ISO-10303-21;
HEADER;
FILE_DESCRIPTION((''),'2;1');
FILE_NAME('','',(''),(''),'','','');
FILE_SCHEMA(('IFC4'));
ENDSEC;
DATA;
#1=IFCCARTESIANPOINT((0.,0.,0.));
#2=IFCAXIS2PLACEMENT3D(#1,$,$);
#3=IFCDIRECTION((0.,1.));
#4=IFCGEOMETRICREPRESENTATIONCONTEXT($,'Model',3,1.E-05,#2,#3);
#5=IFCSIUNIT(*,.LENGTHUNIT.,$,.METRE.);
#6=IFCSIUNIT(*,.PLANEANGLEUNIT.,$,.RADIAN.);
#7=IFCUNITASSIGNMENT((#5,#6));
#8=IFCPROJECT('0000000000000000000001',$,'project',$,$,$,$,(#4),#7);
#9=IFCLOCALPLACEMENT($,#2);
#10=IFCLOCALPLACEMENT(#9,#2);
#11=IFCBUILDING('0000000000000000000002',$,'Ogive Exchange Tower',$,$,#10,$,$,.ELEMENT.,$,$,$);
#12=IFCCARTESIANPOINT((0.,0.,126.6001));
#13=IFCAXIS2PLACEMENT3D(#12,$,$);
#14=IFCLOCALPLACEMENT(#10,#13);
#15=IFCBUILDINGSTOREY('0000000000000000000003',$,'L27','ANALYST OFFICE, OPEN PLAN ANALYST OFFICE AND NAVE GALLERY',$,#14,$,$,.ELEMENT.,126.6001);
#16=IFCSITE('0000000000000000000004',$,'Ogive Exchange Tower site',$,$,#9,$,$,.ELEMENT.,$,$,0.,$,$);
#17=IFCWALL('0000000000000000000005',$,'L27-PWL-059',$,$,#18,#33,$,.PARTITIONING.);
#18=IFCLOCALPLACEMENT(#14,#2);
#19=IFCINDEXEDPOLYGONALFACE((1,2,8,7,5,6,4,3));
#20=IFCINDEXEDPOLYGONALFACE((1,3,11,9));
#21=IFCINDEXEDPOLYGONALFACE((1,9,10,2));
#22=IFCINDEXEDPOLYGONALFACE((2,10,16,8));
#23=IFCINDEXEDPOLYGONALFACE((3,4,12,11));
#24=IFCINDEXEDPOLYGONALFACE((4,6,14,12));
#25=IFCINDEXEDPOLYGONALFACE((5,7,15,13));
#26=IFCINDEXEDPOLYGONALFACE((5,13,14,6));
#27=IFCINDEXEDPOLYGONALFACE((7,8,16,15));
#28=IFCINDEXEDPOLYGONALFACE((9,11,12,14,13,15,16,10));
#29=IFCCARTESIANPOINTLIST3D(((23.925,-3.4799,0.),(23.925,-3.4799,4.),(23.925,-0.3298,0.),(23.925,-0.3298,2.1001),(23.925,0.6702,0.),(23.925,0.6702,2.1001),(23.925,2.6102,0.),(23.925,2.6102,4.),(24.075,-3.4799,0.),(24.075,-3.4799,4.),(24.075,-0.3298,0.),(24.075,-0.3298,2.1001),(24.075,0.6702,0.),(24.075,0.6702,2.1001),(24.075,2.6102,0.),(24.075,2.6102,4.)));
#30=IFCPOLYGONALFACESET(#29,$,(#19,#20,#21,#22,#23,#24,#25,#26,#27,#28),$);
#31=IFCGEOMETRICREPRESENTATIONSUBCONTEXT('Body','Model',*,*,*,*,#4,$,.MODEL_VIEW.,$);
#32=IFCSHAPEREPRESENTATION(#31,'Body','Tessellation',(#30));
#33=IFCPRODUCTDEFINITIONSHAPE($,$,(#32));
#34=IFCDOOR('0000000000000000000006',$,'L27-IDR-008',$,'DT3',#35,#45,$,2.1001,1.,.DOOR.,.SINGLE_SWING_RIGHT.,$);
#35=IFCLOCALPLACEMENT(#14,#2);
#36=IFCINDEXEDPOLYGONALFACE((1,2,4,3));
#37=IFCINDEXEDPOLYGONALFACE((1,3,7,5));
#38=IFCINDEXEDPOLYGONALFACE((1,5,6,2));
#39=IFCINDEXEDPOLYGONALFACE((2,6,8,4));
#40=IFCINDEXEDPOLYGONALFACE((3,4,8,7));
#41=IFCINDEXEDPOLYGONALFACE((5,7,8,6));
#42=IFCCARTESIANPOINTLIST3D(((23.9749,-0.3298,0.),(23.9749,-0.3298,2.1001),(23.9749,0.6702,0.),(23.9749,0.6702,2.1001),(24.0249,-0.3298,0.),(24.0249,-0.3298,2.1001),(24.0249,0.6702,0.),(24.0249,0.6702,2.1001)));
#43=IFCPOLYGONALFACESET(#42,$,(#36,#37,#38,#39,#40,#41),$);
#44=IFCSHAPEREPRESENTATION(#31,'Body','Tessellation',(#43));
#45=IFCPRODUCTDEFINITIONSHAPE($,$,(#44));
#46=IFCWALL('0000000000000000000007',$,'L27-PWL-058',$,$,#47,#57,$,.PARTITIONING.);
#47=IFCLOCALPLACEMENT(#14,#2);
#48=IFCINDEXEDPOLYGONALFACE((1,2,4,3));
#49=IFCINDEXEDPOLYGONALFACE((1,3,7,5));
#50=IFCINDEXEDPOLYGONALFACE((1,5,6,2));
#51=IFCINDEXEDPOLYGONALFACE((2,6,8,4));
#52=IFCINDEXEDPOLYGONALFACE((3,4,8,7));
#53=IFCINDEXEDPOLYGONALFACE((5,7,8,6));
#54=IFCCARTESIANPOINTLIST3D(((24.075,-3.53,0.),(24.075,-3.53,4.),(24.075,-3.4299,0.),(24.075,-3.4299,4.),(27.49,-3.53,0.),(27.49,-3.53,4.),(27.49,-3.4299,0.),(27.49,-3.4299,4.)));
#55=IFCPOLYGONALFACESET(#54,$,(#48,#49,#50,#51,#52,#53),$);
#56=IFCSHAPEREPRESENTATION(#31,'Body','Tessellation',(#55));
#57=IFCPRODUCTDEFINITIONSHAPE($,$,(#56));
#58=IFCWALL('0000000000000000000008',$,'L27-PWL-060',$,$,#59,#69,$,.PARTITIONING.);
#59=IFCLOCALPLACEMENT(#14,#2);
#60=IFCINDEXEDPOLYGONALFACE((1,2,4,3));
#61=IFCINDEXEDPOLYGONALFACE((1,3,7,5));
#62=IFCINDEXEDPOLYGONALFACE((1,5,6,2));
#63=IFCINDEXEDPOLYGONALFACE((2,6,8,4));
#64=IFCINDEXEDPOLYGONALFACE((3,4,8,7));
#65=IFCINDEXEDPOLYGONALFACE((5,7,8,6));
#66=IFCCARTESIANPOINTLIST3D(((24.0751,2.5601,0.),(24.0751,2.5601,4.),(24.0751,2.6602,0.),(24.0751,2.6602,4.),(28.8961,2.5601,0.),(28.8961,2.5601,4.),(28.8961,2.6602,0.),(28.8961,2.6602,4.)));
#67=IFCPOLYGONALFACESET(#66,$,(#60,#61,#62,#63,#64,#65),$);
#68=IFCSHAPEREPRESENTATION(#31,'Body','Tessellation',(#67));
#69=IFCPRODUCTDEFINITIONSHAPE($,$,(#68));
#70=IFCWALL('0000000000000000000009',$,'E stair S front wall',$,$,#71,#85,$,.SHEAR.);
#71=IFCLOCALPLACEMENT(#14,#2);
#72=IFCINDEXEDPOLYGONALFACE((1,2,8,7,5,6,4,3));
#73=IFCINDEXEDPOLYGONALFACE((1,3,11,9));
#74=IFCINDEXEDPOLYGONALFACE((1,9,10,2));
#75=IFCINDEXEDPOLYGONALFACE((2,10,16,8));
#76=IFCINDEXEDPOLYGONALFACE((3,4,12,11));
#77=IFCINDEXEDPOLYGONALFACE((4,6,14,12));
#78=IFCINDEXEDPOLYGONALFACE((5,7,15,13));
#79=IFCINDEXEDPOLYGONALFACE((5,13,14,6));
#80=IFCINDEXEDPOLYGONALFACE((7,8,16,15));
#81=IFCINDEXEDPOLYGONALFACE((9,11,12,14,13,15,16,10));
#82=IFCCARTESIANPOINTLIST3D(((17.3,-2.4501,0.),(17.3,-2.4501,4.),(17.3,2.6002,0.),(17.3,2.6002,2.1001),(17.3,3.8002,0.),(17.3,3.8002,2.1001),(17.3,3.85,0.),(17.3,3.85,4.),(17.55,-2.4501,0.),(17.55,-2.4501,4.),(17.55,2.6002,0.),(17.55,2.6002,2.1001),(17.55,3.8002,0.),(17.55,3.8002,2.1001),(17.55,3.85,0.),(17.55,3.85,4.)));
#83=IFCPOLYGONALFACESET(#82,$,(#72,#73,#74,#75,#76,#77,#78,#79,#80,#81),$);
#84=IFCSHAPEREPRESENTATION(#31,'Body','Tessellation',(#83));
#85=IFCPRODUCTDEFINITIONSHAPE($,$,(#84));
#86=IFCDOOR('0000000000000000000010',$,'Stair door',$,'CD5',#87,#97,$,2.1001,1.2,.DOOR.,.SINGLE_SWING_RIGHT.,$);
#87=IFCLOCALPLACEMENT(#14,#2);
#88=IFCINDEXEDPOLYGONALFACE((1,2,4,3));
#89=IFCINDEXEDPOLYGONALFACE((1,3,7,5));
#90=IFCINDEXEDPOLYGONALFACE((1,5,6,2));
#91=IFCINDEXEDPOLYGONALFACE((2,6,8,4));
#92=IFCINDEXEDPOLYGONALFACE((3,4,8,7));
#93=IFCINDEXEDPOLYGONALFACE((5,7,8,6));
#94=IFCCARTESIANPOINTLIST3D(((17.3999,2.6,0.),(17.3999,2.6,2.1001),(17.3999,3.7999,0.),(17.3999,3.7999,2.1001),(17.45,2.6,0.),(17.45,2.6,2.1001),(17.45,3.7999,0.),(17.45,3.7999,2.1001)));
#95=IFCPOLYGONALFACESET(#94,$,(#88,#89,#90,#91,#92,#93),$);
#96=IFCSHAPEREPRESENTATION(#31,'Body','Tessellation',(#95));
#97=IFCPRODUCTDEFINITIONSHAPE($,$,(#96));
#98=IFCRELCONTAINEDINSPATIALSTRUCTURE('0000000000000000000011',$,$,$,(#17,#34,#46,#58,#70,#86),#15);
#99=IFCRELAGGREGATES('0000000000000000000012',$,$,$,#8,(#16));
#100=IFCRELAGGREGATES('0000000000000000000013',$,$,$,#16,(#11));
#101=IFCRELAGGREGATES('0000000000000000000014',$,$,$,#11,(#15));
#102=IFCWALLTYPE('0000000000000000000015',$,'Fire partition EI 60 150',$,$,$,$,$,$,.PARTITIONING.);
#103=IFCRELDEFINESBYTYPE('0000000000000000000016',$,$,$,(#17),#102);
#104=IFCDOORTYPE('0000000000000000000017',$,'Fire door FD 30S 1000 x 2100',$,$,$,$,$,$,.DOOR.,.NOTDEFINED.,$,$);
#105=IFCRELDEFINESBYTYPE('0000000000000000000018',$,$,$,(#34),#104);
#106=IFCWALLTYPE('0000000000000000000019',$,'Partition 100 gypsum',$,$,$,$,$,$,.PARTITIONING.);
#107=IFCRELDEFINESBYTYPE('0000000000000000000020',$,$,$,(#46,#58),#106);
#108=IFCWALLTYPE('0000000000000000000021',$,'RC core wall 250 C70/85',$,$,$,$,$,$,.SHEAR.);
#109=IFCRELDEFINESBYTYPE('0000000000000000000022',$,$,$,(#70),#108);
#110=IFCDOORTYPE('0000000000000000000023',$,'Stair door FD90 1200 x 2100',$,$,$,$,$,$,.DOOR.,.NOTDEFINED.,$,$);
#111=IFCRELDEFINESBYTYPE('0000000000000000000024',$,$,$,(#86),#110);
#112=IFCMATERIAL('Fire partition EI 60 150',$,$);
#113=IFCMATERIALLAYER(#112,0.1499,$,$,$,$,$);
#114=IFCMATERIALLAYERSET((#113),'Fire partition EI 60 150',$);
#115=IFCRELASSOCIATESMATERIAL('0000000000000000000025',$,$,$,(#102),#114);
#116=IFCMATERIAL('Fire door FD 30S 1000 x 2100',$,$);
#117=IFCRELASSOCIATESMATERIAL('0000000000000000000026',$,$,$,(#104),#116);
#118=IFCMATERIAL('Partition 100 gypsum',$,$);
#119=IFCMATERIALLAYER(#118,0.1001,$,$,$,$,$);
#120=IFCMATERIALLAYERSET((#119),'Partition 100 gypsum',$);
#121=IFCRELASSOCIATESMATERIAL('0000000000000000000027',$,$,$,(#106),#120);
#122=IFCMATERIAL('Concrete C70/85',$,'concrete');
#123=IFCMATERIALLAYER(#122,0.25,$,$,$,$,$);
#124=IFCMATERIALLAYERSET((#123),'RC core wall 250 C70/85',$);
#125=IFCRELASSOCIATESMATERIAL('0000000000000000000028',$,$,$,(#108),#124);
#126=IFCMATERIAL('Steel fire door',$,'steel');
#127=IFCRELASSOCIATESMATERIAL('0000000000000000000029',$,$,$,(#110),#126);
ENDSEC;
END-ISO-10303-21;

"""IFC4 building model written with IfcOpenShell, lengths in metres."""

from ifc_helpers import new_model, si_unit, direction, frame, frame_2d, origin, place, context, subcontext, project, spatial, rectangle, extrude, material, layer, layer_set, type_object, element, fill, save


model = new_model("IFC4")

# Units and contexts
model_context = context("Model", 3, precision=1e-05, world=origin(), true_north=direction((0.0, 1.0)))
body_context = subcontext(model_context, "Body", "Model", "MODEL_VIEW")
ifc_project = project(units=[si_unit("LENGTHUNIT", "METRE"), si_unit("PLANEANGLEUNIT", "RADIAN")], contexts=[model_context])

# Site, building, storey
site_placement = place(None, origin())
site = spatial("IfcSite", under=ifc_project, at=site_placement, Name="Ogive Exchange Tower site", CompositionType="ELEMENT", RefElevation=0.0)
building_placement = place(site_placement, origin())
building = spatial("IfcBuilding", under=site, at=building_placement, Name="Ogive Exchange Tower", CompositionType="ELEMENT")
storey_placement = place(building_placement, frame((0.0, 0.0, 126.6001)))
storey = spatial("IfcBuildingStorey", under=building, at=storey_placement, Name="L27", Description="ANALYST OFFICE, OPEN PLAN ANALYST OFFICE AND NAVE GALLERY", CompositionType="ELEMENT", Elevation=126.6001)

# Shared definitions
ifc_material_1 = material(Name="Fire partition EI 60 150")
ifc_layer_1 = layer(ifc_material_1, 0.1499)
ifc_layer_set_1 = layer_set([ifc_layer_1], Name="Fire partition EI 60 150")
wall_type_1 = type_object("IfcWallType", Name="Fire partition EI 60 150", PredefinedType="PARTITIONING", material=ifc_layer_set_1)
ifc_material_2 = material(Name="Fire door FD 30S 1000 x 2100")
door_type_1 = type_object("IfcDoorType", Name="Fire door FD 30S 1000 x 2100", OperationType="NOTDEFINED", PredefinedType="DOOR", material=ifc_material_2)

# Wall, opening, door
wall_1_placement = place(storey_placement, frame((24.0, 2.6101, 0.0), z_axis=(0.0, 0.0, 1.0), x_axis=(0.0, -1.0, 0.0)))
wall_1 = element("IfcWall", 1, at=wall_1_placement, inside=storey, type_object=wall_type_1, Name="L27-PWL-059", PredefinedType="PARTITIONING", context=body_context, shape_type="SweptSolid", body=[
    extrude(rectangle(XDim=6.0901, YDim=0.1499, at=frame_2d((3.0449, 0.0))), origin(), (0.0, 0.0, 1.0), 4.0),
])
opening_1_placement = place(wall_1_placement, frame((1.9399, 0.0, 0.0)))
opening_1 = element("IfcOpeningElement", 2, at=opening_1_placement, cuts=wall_1, PredefinedType="OPENING", context=body_context, shape_type="SweptSolid", body=[
    extrude(rectangle(XDim=1.0, YDim=2.1001, at=frame_2d((0.5, 1.05))), frame((0.0, 0.085, 0.0), z_axis=(0.0, -1.0, 0.0), x_axis=(1.0, 0.0, 0.0)), (0.0, 0.0, 1.0), 0.1699),
])
door_1_placement = place(opening_1_placement, origin())
door_1 = element("IfcDoor", 3, at=door_1_placement, inside=storey, type_object=door_type_1, Name="L27-IDR-008", ObjectType="DT3", OperationType="SINGLE_SWING_RIGHT", OverallHeight=2.1001, OverallWidth=1.0, PredefinedType="DOOR", context=body_context, shape_type="SweptSolid", body=[
    extrude(rectangle(XDim=1.0, YDim=2.1001, at=frame_2d((0.5, 1.05))), frame((0.0, 0.0249, 0.0), z_axis=(0.0, -1.0, 0.0), x_axis=(1.0, 0.0, 0.0)), (0.0, 0.0, 1.0), 0.05),
])
fill(opening_1, door_1)

# Walls
ifc_material_3 = material(Name="Partition 100 gypsum")
ifc_layer_2 = layer(ifc_material_3, 0.1001)
ifc_layer_set_2 = layer_set([ifc_layer_2], Name="Partition 100 gypsum")
wall_type_2 = type_object("IfcWallType", Name="Partition 100 gypsum", PredefinedType="PARTITIONING", material=ifc_layer_set_2)
wall_2_placement = place(storey_placement, frame((24.075, -3.48, 0.0), z_axis=(0.0, 0.0, 1.0), x_axis=(1.0, 0.0, 0.0)))
element("IfcWall", 4, at=wall_2_placement, inside=storey, type_object=wall_type_2, Name="L27-PWL-058", PredefinedType="PARTITIONING", context=body_context, shape_type="SweptSolid", body=[
    extrude(rectangle(XDim=3.415, YDim=0.1001, at=frame_2d((1.7075, 0.0))), origin(), (0.0, 0.0, 1.0), 4.0),
])
wall_3_placement = place(storey_placement, frame((24.075, 2.6101, 0.0), z_axis=(0.0, 0.0, 1.0), x_axis=(1.0, 0.0, 0.0)))
element("IfcWall", 5, at=wall_3_placement, inside=storey, type_object=wall_type_2, Name="L27-PWL-060", PredefinedType="PARTITIONING", context=body_context, shape_type="SweptSolid", body=[
    extrude(rectangle(XDim=4.821, YDim=0.1001, at=frame_2d((2.4106, 0.0))), origin(), (0.0, 0.0, 1.0), 4.0),
])

# Wall, opening, door
ifc_material_4 = material(Name="Concrete C70/85", Category="concrete")
ifc_layer_3 = layer(ifc_material_4, 0.25)
ifc_layer_set_3 = layer_set([ifc_layer_3], Name="RC core wall 250 C70/85")
wall_type_3 = type_object("IfcWallType", Name="RC core wall 250 C70/85", PredefinedType="SHEAR", material=ifc_layer_set_3)
wall_4_placement = place(storey_placement, frame((17.425, -2.45, 0.0), z_axis=(0.0, 0.0, 1.0), x_axis=(0.0, 1.0, 0.0)))
wall_4 = element("IfcWall", 6, at=wall_4_placement, inside=storey, type_object=wall_type_3, Name="E stair S front wall", PredefinedType="SHEAR", context=body_context, shape_type="SweptSolid", body=[
    extrude(rectangle(XDim=6.3, YDim=0.25, at=frame_2d((3.1499, 0.0))), origin(), (0.0, 0.0, 1.0), 4.0),
])
opening_2_placement = place(wall_4_placement, frame((5.05, 0.0, 0.0)))
opening_2 = element("IfcOpeningElement", 7, at=opening_2_placement, cuts=wall_4, PredefinedType="OPENING", context=body_context, shape_type="SweptSolid", body=[
    extrude(rectangle(XDim=1.2, YDim=2.1001, at=frame_2d((0.6001, 1.05))), frame((0.0, 0.135, 0.0), z_axis=(0.0, -1.0, 0.0), x_axis=(1.0, 0.0, 0.0)), (0.0, 0.0, 1.0), 0.27),
])
ifc_material_5 = material(Name="Steel fire door", Category="steel")
door_type_2 = type_object("IfcDoorType", Name="Stair door FD90 1200 x 2100", OperationType="NOTDEFINED", PredefinedType="DOOR", material=ifc_material_5)
door_2_placement = place(opening_2_placement, frame((1.2, 0.0, 0.0), z_axis=(0.0, 0.0, 1.0), x_axis=(-1.0, 0.0, 0.0)))
door_2 = element("IfcDoor", 8, at=door_2_placement, inside=storey, type_object=door_type_2, Name="Stair door", ObjectType="CD5", OperationType="SINGLE_SWING_RIGHT", OverallHeight=2.1001, OverallWidth=1.2, PredefinedType="DOOR", context=body_context, shape_type="SweptSolid", body=[
    extrude(rectangle(XDim=1.2, YDim=2.1001, at=frame_2d((0.6001, 1.05))), frame((0.0, 0.0249, 0.0), z_axis=(0.0, -1.0, 0.0), x_axis=(1.0, 0.0, 0.0)), (0.0, 0.0, 1.0), 0.05),
])
fill(opening_2, door_2)

save(model, "model.ifc")
